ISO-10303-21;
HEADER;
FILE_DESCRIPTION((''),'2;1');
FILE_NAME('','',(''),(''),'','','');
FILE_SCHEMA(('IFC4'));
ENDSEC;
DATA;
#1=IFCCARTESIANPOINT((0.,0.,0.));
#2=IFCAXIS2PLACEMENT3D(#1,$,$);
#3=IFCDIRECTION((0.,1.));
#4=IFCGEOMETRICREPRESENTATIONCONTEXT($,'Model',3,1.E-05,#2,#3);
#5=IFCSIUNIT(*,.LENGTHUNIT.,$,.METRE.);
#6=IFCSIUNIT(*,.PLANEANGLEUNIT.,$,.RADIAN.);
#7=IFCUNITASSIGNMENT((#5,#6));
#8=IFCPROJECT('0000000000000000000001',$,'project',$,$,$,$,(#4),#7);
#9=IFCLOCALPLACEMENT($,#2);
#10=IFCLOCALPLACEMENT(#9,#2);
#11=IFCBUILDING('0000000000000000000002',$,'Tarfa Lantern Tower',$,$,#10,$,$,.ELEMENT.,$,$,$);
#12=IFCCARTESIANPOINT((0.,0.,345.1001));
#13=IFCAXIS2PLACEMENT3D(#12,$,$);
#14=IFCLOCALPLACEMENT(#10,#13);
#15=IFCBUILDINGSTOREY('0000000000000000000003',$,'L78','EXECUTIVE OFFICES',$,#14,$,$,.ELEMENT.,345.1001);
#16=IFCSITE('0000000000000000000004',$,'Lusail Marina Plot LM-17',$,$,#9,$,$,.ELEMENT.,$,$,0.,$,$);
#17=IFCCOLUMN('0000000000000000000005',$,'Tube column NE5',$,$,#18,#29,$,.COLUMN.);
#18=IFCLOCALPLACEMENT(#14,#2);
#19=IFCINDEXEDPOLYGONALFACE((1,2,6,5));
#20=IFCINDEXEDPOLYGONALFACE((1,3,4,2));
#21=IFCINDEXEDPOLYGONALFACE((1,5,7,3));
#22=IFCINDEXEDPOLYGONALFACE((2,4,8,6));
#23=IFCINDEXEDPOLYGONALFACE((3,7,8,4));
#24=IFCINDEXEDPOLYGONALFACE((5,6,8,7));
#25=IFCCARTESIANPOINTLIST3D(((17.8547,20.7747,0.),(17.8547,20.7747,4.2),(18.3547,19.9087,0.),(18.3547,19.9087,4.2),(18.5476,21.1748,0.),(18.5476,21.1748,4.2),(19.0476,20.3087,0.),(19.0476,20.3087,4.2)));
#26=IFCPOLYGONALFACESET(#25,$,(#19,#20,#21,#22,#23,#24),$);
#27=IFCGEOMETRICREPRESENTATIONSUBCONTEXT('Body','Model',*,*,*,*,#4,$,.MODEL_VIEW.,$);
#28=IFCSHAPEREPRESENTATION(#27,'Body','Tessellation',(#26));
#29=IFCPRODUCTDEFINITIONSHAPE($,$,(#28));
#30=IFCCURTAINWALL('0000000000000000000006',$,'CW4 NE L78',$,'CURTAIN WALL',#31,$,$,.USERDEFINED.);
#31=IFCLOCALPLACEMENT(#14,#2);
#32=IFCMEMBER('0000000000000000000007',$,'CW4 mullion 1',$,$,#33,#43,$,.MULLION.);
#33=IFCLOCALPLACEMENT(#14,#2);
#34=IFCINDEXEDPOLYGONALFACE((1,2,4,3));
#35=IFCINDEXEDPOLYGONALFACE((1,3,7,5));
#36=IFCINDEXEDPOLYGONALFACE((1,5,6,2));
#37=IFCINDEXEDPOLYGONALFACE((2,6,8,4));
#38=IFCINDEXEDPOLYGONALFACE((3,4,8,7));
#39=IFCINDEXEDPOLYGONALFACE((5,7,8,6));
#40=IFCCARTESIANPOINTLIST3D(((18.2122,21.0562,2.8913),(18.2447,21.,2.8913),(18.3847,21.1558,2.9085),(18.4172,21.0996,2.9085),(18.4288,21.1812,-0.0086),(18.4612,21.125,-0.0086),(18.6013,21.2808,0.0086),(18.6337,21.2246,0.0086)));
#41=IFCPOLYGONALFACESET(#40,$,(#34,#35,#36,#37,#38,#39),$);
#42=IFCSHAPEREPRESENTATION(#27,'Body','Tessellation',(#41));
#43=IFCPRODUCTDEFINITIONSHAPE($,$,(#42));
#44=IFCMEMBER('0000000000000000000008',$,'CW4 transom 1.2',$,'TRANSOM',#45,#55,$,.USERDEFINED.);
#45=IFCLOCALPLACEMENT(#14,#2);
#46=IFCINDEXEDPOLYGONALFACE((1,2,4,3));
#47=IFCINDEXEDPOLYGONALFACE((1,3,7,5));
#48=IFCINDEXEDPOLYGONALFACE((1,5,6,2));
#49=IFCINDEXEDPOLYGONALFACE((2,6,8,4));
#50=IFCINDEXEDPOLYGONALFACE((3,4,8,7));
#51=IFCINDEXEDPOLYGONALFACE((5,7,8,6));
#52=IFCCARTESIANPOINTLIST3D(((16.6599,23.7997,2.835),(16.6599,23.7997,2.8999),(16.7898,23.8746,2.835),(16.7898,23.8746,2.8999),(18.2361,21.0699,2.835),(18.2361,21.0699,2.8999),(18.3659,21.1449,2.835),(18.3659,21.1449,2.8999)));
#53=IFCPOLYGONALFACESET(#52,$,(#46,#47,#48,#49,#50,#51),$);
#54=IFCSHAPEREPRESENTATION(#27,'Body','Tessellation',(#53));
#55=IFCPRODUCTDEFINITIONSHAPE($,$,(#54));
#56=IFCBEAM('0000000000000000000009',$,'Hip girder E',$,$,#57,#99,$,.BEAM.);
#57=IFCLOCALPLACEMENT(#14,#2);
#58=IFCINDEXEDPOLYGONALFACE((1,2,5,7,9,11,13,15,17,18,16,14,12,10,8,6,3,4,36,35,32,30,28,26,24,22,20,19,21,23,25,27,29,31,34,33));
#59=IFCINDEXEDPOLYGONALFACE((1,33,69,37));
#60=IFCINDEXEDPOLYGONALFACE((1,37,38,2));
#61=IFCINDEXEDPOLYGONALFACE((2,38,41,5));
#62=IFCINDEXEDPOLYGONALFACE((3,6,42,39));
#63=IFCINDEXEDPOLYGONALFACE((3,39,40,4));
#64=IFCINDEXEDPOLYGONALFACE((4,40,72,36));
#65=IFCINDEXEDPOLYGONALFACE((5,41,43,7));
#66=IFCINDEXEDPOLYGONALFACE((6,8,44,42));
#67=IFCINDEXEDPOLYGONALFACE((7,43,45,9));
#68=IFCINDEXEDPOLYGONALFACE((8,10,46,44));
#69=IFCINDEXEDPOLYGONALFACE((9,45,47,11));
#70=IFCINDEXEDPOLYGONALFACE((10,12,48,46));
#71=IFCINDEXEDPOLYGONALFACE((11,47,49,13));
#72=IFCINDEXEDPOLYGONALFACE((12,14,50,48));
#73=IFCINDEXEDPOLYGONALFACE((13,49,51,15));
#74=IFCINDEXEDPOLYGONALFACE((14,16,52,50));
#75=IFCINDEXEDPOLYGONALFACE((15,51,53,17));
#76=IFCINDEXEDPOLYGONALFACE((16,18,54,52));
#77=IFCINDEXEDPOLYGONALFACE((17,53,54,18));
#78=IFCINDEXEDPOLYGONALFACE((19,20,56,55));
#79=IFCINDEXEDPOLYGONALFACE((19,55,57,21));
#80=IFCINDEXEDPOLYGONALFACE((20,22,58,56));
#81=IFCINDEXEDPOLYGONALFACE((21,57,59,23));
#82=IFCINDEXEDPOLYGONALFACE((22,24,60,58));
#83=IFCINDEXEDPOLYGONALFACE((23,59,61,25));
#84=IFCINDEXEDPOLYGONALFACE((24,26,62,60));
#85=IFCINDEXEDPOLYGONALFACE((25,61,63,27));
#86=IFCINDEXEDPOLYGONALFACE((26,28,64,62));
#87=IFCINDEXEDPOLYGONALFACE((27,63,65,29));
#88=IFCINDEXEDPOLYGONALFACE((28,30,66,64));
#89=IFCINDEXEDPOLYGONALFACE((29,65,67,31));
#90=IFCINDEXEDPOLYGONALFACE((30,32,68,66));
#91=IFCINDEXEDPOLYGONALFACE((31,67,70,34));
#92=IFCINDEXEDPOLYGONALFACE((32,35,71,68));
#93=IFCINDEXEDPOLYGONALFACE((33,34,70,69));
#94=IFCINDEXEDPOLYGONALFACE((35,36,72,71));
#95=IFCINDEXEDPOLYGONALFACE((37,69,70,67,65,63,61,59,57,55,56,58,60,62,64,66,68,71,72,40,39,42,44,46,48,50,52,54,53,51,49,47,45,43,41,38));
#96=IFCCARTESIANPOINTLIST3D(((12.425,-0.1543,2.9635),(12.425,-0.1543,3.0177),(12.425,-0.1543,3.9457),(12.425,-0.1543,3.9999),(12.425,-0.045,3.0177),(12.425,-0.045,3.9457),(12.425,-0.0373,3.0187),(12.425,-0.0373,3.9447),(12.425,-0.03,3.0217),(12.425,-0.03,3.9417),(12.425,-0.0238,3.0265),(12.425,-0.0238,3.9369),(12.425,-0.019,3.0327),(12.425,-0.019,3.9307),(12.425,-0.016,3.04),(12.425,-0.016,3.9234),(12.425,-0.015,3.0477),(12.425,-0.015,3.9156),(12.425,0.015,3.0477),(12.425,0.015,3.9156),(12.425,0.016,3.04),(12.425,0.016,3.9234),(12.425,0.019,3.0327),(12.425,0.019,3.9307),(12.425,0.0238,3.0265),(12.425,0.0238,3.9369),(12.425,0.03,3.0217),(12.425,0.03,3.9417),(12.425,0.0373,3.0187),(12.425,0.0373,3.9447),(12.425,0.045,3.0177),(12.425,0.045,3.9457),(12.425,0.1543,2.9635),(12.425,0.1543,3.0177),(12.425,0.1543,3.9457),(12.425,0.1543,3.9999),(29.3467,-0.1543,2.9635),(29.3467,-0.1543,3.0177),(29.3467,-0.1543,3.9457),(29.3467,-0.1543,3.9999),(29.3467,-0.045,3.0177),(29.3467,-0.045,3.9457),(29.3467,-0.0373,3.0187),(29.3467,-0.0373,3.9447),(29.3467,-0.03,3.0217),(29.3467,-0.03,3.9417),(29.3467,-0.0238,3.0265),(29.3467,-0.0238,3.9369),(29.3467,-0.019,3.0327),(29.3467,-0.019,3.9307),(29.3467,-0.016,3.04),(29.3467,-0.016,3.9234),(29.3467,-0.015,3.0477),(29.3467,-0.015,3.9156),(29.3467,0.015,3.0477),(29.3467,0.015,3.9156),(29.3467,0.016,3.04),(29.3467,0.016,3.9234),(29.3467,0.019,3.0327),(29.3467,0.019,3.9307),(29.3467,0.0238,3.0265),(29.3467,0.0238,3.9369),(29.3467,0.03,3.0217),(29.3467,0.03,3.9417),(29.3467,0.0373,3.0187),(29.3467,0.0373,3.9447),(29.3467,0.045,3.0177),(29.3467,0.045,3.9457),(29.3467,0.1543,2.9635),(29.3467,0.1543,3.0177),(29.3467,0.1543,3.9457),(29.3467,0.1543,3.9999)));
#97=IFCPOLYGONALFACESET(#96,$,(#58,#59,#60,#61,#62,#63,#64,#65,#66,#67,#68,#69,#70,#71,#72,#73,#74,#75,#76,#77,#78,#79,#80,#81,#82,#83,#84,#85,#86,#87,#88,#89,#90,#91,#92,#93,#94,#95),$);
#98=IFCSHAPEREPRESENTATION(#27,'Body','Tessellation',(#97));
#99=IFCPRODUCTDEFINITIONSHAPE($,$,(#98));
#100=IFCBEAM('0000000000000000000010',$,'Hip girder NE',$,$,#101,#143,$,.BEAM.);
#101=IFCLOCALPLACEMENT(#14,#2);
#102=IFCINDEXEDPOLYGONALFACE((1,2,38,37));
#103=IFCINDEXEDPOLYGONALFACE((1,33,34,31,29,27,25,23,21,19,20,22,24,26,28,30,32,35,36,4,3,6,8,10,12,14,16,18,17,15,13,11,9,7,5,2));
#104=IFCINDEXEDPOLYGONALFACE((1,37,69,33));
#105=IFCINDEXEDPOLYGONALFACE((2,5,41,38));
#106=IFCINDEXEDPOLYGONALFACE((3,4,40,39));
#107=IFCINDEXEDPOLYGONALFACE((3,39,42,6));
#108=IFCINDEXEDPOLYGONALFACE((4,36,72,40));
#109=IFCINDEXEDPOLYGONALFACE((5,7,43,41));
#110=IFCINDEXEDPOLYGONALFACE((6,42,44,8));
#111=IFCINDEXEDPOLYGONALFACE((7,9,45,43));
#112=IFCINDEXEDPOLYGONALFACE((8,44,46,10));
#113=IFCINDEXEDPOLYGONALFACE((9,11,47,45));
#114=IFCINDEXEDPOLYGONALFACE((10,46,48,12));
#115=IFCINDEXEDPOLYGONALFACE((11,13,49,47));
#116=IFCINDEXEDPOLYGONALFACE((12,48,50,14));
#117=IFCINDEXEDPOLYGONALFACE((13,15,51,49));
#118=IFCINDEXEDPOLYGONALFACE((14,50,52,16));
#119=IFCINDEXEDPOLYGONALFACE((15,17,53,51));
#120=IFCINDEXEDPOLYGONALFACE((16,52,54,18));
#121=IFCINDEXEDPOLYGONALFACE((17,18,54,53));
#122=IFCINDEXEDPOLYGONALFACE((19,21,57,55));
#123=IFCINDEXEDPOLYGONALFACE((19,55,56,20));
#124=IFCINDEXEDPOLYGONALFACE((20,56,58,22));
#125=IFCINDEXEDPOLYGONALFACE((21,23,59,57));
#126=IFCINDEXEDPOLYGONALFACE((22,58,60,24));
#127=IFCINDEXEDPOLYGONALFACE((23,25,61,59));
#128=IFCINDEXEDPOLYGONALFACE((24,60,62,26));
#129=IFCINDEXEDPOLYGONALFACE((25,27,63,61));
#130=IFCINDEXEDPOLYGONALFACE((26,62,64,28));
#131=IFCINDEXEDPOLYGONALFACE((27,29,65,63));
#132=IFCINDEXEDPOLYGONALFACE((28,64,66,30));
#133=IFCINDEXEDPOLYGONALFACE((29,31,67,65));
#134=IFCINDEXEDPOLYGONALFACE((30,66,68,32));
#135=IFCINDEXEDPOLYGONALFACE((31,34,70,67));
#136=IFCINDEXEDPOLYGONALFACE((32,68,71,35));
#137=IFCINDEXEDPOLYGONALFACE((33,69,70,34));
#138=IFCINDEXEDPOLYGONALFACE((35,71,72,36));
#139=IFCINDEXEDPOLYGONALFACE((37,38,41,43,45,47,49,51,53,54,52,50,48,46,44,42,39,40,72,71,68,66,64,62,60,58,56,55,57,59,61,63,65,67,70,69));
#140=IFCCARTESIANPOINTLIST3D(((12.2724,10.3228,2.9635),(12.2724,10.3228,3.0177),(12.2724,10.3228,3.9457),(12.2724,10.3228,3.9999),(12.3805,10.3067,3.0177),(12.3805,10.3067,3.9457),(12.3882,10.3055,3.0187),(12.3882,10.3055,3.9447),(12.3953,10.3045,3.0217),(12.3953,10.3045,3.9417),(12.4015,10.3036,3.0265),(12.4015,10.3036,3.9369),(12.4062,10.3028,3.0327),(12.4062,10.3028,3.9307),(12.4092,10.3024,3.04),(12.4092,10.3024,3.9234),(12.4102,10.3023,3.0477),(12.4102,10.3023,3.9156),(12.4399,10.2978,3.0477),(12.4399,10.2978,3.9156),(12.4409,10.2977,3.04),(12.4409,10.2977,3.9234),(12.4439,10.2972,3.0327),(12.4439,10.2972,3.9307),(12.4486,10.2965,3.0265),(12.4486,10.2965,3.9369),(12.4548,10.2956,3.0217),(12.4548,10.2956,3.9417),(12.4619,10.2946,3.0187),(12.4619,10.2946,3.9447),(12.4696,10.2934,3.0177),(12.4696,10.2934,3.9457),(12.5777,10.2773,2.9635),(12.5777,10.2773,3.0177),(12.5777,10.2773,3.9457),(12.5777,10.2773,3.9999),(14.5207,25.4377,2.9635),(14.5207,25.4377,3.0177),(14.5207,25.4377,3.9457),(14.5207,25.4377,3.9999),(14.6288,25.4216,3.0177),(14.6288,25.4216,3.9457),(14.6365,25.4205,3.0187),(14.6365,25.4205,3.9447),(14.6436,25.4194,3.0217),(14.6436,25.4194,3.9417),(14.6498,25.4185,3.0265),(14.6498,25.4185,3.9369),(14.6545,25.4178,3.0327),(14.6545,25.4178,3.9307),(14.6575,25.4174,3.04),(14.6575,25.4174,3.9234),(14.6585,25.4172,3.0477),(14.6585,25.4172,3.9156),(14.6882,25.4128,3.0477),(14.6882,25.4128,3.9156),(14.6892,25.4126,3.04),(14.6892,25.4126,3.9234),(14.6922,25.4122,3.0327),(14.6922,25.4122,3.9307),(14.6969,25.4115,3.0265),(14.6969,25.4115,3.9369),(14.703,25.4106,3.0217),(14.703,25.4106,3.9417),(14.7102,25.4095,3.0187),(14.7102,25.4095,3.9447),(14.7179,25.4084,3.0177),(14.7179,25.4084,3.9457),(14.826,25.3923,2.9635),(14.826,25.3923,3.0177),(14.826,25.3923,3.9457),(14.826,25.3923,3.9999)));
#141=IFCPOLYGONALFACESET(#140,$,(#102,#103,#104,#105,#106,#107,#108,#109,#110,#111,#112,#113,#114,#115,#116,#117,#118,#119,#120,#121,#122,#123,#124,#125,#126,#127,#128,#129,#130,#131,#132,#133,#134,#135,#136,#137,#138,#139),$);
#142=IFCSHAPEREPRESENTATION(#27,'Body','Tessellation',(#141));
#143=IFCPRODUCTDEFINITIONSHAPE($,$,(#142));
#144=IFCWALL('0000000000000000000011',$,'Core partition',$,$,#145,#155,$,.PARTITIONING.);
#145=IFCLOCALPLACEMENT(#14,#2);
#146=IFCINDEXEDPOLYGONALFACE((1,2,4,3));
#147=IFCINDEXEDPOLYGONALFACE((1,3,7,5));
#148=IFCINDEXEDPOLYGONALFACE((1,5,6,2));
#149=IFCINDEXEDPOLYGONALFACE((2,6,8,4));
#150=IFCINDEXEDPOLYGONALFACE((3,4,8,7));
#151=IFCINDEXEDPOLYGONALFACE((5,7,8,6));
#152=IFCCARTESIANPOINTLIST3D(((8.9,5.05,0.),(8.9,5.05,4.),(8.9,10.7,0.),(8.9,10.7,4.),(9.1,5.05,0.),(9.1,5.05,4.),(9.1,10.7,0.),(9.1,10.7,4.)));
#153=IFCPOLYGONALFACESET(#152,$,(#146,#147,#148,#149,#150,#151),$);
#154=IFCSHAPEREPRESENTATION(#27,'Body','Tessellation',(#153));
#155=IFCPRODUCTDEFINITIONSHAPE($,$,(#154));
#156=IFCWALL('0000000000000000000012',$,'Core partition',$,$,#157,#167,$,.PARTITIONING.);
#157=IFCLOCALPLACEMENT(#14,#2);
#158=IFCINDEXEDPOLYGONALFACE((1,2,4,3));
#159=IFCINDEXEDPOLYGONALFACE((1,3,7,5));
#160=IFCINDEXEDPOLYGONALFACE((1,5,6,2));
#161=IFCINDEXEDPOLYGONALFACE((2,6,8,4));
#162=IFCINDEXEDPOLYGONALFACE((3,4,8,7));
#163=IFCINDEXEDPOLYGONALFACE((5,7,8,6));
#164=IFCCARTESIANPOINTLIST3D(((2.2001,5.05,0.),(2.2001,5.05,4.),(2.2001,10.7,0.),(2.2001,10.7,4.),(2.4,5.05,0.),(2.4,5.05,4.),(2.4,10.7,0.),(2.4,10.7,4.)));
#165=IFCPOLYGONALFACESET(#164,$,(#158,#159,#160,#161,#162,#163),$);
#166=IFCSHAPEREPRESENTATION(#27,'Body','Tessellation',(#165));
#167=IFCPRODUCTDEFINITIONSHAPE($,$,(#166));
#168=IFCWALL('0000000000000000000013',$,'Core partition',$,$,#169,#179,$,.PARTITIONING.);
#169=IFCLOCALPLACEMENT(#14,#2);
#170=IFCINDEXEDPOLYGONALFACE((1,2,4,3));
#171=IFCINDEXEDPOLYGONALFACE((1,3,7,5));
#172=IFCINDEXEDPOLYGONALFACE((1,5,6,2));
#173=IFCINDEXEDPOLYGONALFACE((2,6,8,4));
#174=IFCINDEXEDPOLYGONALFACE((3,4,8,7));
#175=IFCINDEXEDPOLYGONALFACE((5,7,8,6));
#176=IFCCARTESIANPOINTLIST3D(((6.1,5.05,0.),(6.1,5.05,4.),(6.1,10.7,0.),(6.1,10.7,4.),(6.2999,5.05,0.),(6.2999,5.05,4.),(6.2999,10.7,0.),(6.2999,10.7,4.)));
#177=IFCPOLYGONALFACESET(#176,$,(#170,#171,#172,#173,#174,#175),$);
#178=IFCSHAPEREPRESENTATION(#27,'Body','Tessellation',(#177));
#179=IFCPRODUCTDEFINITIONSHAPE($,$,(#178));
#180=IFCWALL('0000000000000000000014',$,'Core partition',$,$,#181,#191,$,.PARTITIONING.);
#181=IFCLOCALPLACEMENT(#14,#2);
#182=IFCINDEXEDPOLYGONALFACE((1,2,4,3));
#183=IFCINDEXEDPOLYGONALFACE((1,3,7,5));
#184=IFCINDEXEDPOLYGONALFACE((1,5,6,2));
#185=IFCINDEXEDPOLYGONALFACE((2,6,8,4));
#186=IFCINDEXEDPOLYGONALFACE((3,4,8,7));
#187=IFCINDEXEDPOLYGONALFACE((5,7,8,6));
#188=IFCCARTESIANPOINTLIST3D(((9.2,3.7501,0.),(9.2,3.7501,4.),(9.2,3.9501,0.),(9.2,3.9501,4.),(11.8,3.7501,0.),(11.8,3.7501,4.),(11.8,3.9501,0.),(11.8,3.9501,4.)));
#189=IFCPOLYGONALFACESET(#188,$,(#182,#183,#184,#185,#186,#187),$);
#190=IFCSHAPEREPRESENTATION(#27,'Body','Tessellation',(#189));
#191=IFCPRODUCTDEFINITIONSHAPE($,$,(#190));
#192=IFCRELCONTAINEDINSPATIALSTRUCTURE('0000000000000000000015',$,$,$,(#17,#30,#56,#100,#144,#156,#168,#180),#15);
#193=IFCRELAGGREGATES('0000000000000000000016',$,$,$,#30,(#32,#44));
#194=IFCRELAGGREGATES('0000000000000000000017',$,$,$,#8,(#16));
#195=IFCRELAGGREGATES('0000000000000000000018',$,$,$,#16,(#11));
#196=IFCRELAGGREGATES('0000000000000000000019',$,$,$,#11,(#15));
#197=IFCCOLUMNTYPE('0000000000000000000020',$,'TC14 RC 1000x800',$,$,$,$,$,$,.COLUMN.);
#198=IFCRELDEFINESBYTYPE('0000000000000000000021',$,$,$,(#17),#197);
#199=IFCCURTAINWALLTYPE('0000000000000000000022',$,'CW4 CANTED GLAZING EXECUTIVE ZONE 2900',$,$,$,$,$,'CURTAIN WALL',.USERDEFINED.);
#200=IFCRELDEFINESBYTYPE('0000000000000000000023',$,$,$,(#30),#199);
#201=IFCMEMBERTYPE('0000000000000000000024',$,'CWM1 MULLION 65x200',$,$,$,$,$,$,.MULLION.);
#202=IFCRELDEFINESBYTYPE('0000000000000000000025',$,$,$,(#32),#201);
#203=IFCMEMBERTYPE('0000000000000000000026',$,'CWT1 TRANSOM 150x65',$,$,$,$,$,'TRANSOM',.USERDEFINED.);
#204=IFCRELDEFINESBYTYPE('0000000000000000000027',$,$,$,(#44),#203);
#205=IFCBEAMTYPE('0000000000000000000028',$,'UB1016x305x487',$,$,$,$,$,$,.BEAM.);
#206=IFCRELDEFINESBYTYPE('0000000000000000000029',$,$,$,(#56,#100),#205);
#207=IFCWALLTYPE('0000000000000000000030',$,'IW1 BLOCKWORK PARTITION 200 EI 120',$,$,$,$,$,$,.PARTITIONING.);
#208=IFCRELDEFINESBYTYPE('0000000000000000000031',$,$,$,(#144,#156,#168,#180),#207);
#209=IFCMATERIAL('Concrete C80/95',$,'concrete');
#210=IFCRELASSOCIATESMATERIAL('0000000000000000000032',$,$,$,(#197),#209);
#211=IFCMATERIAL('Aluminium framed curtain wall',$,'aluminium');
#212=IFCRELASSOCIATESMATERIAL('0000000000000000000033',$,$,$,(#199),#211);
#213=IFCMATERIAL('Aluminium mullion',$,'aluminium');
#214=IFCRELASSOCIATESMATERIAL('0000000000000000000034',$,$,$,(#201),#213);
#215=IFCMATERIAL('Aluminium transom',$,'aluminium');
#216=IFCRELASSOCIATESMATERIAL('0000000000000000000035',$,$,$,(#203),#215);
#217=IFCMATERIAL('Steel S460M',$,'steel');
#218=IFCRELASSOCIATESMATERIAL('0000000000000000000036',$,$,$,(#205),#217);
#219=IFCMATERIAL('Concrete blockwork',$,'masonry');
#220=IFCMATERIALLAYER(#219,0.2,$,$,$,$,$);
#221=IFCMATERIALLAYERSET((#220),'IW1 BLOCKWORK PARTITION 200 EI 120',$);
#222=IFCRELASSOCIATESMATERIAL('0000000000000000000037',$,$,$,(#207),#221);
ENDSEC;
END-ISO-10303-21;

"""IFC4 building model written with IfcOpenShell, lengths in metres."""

from ifc_helpers import new_model, si_unit, direction, frame, frame_2d, origin, origin_2d, place, context, subcontext, project, spatial, rectangle, i_section, extrude, material, layer, layer_set, material_profile, profile_set, type_object, element, aggregate, save


model = new_model("IFC4")

# Units and contexts
model_context = context("Model", 3, precision=1e-05, world=origin(), true_north=direction((0.0, 1.0)))
body_context = subcontext(model_context, "Body", "Model", "MODEL_VIEW")
ifc_project = project(units=[si_unit("LENGTHUNIT", "METRE"), si_unit("PLANEANGLEUNIT", "RADIAN")], contexts=[model_context])

# Site, building, storey
site_placement = place(None, origin())
site = spatial("IfcSite", under=ifc_project, at=site_placement, Name="Lusail Marina Plot LM-17", CompositionType="ELEMENT", RefElevation=0.0)
building_placement = place(site_placement, origin())
building = spatial("IfcBuilding", under=site, at=building_placement, Name="Tarfa Lantern Tower", CompositionType="ELEMENT")
storey_placement = place(building_placement, frame((0.0, 0.0, 345.1001)))
storey = spatial("IfcBuildingStorey", under=building, at=storey_placement, Name="L78", Description="EXECUTIVE OFFICES", CompositionType="ELEMENT", Elevation=345.1001)

# Column
ifc_material_1 = material(Name="Concrete C80/95", Category="concrete")
ifc_material_profile_1 = material_profile(ifc_material_1, rectangle(XDim=1.0, YDim=0.8, at=origin_2d()), Name="RC 1000x800")
ifc_profile_set_1 = profile_set([ifc_material_profile_1], Name="Concrete C80/95")
column_type = type_object("IfcColumnType", Name="TC14 RC 1000x800", PredefinedType="COLUMN", material=ifc_profile_set_1)
column_placement = place(storey_placement, frame((18.4512, 20.5417, 0.0), z_axis=(0.0, 0.0, 1.0), x_axis=(-0.5, 0.866025, 0.0)))
element("IfcColumn", 1, at=column_placement, inside=storey, type_object=column_type, Name="Tube column NE5", PredefinedType="COLUMN", context=body_context, shape_type="SweptSolid", body=[
    extrude(rectangle(XDim=1.0, YDim=0.8, at=origin_2d()), origin(), (0.0, 0.0, 1.0), 4.2),
])

# Curtain wall, members
ifc_material_2 = material(Name="Aluminium framed curtain wall", Category="aluminium")
curtain_wall_type = type_object("IfcCurtainWallType", Name="CW4 CANTED GLAZING EXECUTIVE ZONE 2900", ElementType="CURTAIN WALL", PredefinedType="USERDEFINED", material=ifc_material_2)
curtain_wall_placement = place(storey_placement, origin())
curtain_wall = element("IfcCurtainWall", 2, at=curtain_wall_placement, inside=storey, type_object=curtain_wall_type, Name="CW4 NE L78", ObjectType="CURTAIN WALL", PredefinedType="USERDEFINED")
ifc_material_3 = material(Name="Aluminium mullion", Category="aluminium")
ifc_material_profile_2 = material_profile(ifc_material_3, rectangle(XDim=0.0649, YDim=0.2, at=origin_2d()), Name="AL MULLION 65x200")
ifc_profile_set_2 = profile_set([ifc_material_profile_2], Name="Aluminium mullion")
member_type_1 = type_object("IfcMemberType", Name="CWM1 MULLION 65x200", PredefinedType="MULLION", material=ifc_profile_set_2)
member_1_placement = place(storey_placement, frame((18.5312, 21.2029, 0.0), z_axis=(-0.0744, -0.042946, 0.996303), x_axis=(0.49992, -0.866072, 0.0)))
member_1 = element("IfcMember", 3, at=member_1_placement, type_object=member_type_1, Name="CW4 mullion 1", PredefinedType="MULLION", context=body_context, shape_type="SweptSolid", body=[
    extrude(rectangle(XDim=0.0649, YDim=0.2, at=origin_2d()), origin(), (0.0, 0.0, 1.0), 2.9106),
])
ifc_material_4 = material(Name="Aluminium transom", Category="aluminium")
ifc_material_profile_3 = material_profile(ifc_material_4, rectangle(XDim=0.1499, YDim=0.0649, at=origin_2d()), Name="AL TRANSOM 150x65")
ifc_profile_set_3 = profile_set([ifc_material_profile_3], Name="Aluminium transom")
member_type_2 = type_object("IfcMemberType", Name="CWT1 TRANSOM 150x65", ElementType="TRANSOM", PredefinedType="USERDEFINED", material=ifc_profile_set_3)
member_2_placement = place(storey_placement, frame((18.301, 21.1074, 2.8674), z_axis=(-0.500038, 0.866004, 0.0), x_axis=(-0.866004, -0.500038, 0.0)))
member_2 = element("IfcMember", 4, at=member_2_placement, type_object=member_type_2, Name="CW4 transom 1.2", ObjectType="TRANSOM", PredefinedType="USERDEFINED", context=body_context, shape_type="SweptSolid", body=[
    extrude(rectangle(XDim=0.1499, YDim=0.0649, at=origin_2d()), origin(), (0.0, 0.0, 1.0), 3.1521),
])
aggregate(curtain_wall, [member_1, member_2])

# Beams
ifc_material_5 = material(Name="Steel S460M", Category="steel")
ifc_material_profile_4 = material_profile(ifc_material_5, i_section(OverallWidth=0.3086, OverallDepth=1.0364, WebThickness=0.03, FlangeThickness=0.0542, FilletRadius=0.03, at=origin_2d()), Name="UB1016x305x487")
ifc_profile_set_4 = profile_set([ifc_material_profile_4], Name="Steel S460M")
beam_type = type_object("IfcBeamType", Name="UB1016x305x487", PredefinedType="BEAM", material=ifc_profile_set_4)
beam_1_placement = place(storey_placement, frame((12.425, 0.0, 3.4817), z_axis=(1.0, 0.0, 0.0), x_axis=(0.0, 1.0, 0.0)))
element("IfcBeam", 5, at=beam_1_placement, inside=storey, type_object=beam_type, Name="Hip girder E", PredefinedType="BEAM", context=body_context, shape_type="SweptSolid", body=[
    extrude(i_section(OverallWidth=0.3086, OverallDepth=1.0364, WebThickness=0.03, FlangeThickness=0.0542, FilletRadius=0.03, at=origin_2d()), origin(), (0.0, 0.0, 1.0), 16.9216),
])
beam_2_placement = place(storey_placement, frame((12.425, 10.3, 3.4817), z_axis=(0.147127, 0.989118, 0.0), x_axis=(-0.989118, 0.147127, 0.0)))
element("IfcBeam", 6, at=beam_2_placement, inside=storey, type_object=beam_type, Name="Hip girder NE", PredefinedType="BEAM", context=body_context, shape_type="SweptSolid", body=[
    extrude(i_section(OverallWidth=0.3086, OverallDepth=1.0364, WebThickness=0.03, FlangeThickness=0.0542, FilletRadius=0.03, at=origin_2d()), origin(), (0.0, 0.0, 1.0), 15.2812),
])

# Walls
ifc_material_6 = material(Name="Concrete blockwork", Category="masonry")
ifc_layer_1 = layer(ifc_material_6, 0.2)
ifc_layer_set_1 = layer_set([ifc_layer_1], Name="IW1 BLOCKWORK PARTITION 200 EI 120")
wall_type_1 = type_object("IfcWallType", Name="IW1 BLOCKWORK PARTITION 200 EI 120", PredefinedType="PARTITIONING", material=ifc_layer_set_1)
for number, where, z_axis, x_axis, name in (
    (7, (9.0, 5.05, 0.0), (0.0, 0.0, 1.0), (0.0, 1.0, 0.0), "Core partition"),
    (8, (2.3, 5.05, 0.0), (0.0, 0.0, 1.0), (0.0, 1.0, 0.0), "Core partition"),
    (9, (6.2, 5.05, 0.0), (0.0, 0.0, 1.0), (0.0, 1.0, 0.0), "Core partition"),
):
    element("IfcWall", number, at=place(storey_placement, frame(where, z_axis=z_axis, x_axis=x_axis)), inside=storey, type_object=wall_type_1, Name=name, PredefinedType="PARTITIONING", context=body_context, shape_type="SweptSolid", body=[
        extrude(rectangle(XDim=5.6499, YDim=0.2, at=frame_2d((2.825, 0.0))), origin(), (0.0, 0.0, 1.0), 4.0),
    ])
wall_1_placement = place(storey_placement, frame((9.2, 3.8501, 0.0), z_axis=(0.0, 0.0, 1.0), x_axis=(1.0, 0.0, 0.0)))
element("IfcWall", 10, at=wall_1_placement, inside=storey, type_object=wall_type_1, Name="Core partition", PredefinedType="PARTITIONING", context=body_context, shape_type="SweptSolid", body=[
    extrude(rectangle(XDim=2.6001, YDim=0.2, at=frame_2d((1.3, 0.0))), origin(), (0.0, 0.0, 1.0), 4.0),
])

save(model, "model.ifc")
